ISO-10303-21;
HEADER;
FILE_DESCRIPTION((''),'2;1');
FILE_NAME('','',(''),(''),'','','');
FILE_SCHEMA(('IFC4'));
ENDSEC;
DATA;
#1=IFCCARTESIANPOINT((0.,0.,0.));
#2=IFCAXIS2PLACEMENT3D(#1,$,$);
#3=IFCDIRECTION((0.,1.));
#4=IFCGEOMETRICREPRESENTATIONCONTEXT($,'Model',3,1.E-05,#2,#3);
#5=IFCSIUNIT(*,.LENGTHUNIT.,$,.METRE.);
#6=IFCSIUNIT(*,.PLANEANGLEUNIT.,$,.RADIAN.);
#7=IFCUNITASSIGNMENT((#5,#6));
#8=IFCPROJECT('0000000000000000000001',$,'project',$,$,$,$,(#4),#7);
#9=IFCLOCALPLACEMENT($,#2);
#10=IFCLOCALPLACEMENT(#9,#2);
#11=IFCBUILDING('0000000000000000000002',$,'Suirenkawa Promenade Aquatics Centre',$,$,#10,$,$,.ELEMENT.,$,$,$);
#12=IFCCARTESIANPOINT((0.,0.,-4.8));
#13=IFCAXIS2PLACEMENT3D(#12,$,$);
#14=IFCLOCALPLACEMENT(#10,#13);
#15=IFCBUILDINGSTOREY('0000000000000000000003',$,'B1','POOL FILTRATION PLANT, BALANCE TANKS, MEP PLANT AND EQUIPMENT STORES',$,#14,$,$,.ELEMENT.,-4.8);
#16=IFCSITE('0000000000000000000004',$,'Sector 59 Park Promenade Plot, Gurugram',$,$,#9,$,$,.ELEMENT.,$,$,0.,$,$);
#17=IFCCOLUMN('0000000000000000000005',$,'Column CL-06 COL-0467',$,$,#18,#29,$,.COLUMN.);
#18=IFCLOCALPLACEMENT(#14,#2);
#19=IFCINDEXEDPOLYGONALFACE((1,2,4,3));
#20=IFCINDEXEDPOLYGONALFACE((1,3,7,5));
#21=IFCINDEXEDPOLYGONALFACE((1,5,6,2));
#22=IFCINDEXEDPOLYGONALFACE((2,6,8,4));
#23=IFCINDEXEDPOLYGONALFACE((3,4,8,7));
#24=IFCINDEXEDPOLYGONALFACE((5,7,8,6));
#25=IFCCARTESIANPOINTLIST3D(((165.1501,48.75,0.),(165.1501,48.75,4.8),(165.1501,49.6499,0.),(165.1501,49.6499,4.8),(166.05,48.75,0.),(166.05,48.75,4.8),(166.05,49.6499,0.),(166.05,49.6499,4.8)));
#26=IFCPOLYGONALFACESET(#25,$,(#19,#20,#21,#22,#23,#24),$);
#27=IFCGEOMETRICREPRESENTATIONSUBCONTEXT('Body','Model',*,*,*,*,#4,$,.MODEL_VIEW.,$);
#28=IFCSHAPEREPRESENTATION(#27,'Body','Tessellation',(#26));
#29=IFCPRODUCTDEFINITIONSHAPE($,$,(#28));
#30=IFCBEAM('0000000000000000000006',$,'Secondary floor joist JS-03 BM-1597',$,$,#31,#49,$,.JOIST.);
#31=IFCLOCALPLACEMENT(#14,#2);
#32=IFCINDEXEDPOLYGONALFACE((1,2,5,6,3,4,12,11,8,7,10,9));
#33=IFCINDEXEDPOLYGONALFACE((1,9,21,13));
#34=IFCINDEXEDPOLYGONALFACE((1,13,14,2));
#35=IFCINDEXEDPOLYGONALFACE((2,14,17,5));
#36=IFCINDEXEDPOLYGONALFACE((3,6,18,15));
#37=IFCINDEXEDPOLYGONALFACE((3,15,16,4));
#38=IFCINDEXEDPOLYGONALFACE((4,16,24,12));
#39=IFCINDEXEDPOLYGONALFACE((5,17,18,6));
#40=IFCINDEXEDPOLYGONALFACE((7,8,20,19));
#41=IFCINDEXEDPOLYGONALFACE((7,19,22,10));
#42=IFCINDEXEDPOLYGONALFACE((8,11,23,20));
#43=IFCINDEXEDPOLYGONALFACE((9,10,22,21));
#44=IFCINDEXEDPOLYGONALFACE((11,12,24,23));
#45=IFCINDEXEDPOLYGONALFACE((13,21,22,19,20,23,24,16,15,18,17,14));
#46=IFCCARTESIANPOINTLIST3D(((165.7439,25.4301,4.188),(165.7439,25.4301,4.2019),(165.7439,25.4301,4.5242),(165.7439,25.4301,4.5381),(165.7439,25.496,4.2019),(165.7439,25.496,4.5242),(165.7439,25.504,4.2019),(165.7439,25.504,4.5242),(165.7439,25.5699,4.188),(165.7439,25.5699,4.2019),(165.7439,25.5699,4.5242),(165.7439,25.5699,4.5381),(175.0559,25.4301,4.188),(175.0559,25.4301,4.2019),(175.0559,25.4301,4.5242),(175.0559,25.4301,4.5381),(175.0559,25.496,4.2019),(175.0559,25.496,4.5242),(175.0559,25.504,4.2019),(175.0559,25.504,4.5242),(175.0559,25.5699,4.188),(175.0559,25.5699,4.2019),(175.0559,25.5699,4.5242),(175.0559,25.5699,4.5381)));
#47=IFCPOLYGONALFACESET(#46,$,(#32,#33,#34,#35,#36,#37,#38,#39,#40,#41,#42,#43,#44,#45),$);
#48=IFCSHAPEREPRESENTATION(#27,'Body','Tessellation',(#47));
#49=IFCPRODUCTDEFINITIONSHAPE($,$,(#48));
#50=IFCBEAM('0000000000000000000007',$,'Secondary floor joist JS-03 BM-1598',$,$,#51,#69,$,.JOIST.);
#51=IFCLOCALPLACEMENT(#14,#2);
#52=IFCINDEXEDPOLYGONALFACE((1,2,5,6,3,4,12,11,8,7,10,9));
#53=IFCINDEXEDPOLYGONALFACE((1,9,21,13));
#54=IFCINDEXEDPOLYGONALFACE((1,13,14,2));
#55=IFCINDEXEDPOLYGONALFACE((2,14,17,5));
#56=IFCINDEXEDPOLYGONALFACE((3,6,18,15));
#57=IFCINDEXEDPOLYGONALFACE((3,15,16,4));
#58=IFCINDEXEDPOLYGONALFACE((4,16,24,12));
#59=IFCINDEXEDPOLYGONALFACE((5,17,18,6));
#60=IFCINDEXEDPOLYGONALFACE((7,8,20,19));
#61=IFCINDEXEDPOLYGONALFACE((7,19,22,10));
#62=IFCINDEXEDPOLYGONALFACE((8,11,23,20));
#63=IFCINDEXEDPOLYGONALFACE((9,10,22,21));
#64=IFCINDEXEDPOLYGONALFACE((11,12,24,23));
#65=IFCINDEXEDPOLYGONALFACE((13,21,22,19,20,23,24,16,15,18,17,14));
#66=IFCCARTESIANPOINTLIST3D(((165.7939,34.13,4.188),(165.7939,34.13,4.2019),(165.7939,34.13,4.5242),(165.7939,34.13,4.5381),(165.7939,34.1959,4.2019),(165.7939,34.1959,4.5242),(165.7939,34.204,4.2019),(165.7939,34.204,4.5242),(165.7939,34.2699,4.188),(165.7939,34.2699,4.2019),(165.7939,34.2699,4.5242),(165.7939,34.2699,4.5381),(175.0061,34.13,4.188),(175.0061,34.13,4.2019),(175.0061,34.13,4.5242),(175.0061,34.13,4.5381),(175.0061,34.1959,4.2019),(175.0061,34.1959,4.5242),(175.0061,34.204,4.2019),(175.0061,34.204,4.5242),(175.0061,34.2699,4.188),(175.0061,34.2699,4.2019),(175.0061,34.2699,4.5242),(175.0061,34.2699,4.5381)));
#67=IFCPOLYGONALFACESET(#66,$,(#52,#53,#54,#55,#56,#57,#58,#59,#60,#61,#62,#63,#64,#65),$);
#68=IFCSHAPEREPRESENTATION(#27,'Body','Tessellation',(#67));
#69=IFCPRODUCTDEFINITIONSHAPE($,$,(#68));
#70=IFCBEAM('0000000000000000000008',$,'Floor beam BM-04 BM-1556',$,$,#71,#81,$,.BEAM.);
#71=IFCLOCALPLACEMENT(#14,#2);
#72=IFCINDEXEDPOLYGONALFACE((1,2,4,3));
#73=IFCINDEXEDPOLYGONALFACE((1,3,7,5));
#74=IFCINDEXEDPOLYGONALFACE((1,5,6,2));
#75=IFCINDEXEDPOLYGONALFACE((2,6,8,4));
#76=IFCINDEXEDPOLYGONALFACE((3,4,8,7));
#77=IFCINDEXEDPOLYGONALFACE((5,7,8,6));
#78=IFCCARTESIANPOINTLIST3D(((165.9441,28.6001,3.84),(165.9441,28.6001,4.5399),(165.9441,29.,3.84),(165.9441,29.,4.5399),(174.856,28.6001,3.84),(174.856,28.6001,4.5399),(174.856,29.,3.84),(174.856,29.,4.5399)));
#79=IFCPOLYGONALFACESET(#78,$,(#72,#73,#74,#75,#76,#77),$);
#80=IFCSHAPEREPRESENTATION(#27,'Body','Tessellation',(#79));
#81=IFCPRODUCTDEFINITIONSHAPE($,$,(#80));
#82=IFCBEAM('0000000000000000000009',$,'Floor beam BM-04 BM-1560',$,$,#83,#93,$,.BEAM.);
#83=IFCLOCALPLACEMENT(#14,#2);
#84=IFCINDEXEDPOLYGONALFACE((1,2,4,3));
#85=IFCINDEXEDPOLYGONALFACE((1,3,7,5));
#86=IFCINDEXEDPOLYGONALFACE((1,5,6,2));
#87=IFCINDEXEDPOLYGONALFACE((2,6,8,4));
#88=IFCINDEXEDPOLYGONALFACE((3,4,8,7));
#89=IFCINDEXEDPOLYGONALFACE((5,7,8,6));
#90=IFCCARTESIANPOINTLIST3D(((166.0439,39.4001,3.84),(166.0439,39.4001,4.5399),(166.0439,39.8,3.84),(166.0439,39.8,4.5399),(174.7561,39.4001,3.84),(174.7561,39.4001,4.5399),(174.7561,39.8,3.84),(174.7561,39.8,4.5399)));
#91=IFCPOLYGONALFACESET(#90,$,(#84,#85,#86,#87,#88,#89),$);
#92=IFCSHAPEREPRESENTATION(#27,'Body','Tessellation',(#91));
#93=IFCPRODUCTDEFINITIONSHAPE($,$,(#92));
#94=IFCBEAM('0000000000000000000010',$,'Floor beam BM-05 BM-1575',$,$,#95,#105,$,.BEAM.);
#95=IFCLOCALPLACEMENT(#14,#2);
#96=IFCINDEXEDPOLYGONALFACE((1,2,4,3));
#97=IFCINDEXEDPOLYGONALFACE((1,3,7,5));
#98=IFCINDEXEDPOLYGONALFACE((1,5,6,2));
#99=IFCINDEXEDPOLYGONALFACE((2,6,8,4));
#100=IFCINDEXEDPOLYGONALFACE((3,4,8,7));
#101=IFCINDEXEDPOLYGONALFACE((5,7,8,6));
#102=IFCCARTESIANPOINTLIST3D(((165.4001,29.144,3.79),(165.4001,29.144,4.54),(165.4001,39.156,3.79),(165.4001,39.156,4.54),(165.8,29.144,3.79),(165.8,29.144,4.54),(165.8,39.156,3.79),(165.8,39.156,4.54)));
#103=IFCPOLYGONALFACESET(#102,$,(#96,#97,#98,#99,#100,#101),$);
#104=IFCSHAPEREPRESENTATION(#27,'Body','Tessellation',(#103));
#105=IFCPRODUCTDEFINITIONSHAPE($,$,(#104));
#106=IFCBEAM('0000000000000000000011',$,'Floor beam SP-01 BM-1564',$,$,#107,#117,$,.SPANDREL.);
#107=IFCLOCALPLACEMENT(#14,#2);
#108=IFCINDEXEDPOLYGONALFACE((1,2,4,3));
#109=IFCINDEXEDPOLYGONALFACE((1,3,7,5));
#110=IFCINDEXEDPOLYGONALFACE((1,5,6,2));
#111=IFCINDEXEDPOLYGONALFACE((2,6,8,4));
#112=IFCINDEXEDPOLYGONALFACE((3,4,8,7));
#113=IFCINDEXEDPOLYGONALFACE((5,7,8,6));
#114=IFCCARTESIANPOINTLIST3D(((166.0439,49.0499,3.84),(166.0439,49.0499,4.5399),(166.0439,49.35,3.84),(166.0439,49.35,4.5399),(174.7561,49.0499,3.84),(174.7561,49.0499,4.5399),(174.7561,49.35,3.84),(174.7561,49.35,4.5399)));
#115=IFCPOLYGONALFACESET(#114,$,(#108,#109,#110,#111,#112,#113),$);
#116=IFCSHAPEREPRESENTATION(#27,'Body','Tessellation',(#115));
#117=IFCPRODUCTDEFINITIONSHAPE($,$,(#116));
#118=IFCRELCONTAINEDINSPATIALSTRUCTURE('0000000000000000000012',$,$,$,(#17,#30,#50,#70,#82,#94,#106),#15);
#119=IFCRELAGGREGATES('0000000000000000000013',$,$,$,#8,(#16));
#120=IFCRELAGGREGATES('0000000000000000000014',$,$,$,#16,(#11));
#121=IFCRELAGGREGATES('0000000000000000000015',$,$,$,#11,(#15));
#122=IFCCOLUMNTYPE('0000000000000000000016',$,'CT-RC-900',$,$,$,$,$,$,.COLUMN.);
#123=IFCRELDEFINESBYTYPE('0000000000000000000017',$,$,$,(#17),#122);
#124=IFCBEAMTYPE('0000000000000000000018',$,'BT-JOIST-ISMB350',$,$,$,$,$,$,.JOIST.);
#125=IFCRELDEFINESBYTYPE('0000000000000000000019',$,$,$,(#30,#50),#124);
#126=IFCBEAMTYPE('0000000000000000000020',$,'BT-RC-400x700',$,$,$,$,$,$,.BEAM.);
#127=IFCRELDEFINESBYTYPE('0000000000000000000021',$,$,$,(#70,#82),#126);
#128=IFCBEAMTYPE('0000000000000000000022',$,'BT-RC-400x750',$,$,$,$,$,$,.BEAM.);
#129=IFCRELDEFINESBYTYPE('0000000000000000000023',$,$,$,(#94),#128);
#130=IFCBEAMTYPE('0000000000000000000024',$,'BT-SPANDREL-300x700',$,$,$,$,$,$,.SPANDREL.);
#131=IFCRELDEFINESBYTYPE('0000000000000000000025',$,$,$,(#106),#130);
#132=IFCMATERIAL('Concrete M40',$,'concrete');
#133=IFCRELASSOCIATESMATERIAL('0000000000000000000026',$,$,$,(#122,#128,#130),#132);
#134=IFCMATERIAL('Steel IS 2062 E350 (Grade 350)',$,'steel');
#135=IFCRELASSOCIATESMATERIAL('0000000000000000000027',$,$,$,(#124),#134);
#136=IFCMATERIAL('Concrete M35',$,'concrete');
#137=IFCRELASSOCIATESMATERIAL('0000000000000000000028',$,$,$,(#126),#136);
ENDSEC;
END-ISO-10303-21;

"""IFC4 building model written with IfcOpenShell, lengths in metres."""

from ifc_helpers import new_model, si_unit, direction, frame, origin, origin_2d, place, context, subcontext, project, spatial, rectangle, i_section, extrude, material, material_profile, profile_set, type_object, element, save


model = new_model("IFC4")

# Units and contexts
model_context = context("Model", 3, precision=1e-05, world=origin(), true_north=direction((0.0, 1.0)))
body_context = subcontext(model_context, "Body", "Model", "MODEL_VIEW")
ifc_project = project(units=[si_unit("LENGTHUNIT", "METRE"), si_unit("PLANEANGLEUNIT", "RADIAN")], contexts=[model_context])

# Site, building, storey
site_placement = place(None, origin())
site = spatial("IfcSite", under=ifc_project, at=site_placement, Name="Sector 59 Park Promenade Plot, Gurugram", CompositionType="ELEMENT", RefElevation=0.0)
building_placement = place(site_placement, origin())
building = spatial("IfcBuilding", under=site, at=building_placement, Name="Suirenkawa Promenade Aquatics Centre", CompositionType="ELEMENT")
storey_placement = place(building_placement, frame((0.0, 0.0, -4.8)))
storey = spatial("IfcBuildingStorey", under=building, at=storey_placement, Name="B1", Description="POOL FILTRATION PLANT, BALANCE TANKS, MEP PLANT AND EQUIPMENT STORES", CompositionType="ELEMENT", Elevation=-4.8)

# Shared definitions
ifc_material_1 = material(Name="Concrete M35", Category="concrete")

# Column
ifc_material_2 = material(Name="Concrete M40", Category="concrete")
ifc_material_profile_1 = material_profile(ifc_material_2, rectangle(XDim=0.8999, YDim=0.8999, at=origin_2d()), Name="RC COL 900x900", Category="concrete")
ifc_profile_set_1 = profile_set([ifc_material_profile_1], Name="Concrete M40")
column_type_1 = type_object("IfcColumnType", Name="CT-RC-900", PredefinedType="COLUMN", material=ifc_profile_set_1)
for number, where, z_axis, x_axis, name in (
    (1, (165.6001, 49.2, 0.0), (0.0, 0.0, 1.0), (1.0, 0.0, 0.0), "Column CL-06 COL-0467"),
):
    element("IfcColumn", number, at=place(storey_placement, frame(where, z_axis=z_axis, x_axis=x_axis)), inside=storey, type_object=column_type_1, Name=name, PredefinedType="COLUMN", context=body_context, shape_type="SweptSolid", body=[
        extrude(rectangle(XDim=0.8999, YDim=0.8999, at=origin_2d()), origin(), (0.0, 0.0, 1.0), 4.8),
    ])

# Beams
ifc_material_3 = material(Name="Steel IS 2062 E350 (Grade 350)", Category="steel")
ifc_material_profile_2 = material_profile(ifc_material_3, i_section(OverallWidth=0.1399, OverallDepth=0.3501, WebThickness=0.0081, FlangeThickness=0.0139, at=origin_2d()), Name="ISMB 350", Category="steel")
ifc_profile_set_2 = profile_set([ifc_material_profile_2], Name="Steel IS 2062 E350 (Grade 350)")
beam_type_1 = type_object("IfcBeamType", Name="BT-JOIST-ISMB350", PredefinedType="JOIST", material=ifc_profile_set_2)
beam_1_placement = place(storey_placement, frame((165.7439, 25.5, 4.363), z_axis=(1.0, 0.0, 0.0), x_axis=(0.0, 1.0, 0.0)))
element("IfcBeam", 2, at=beam_1_placement, inside=storey, type_object=beam_type_1, Name="Secondary floor joist JS-03 BM-1597", PredefinedType="JOIST", context=body_context, shape_type="SweptSolid", body=[
    extrude(i_section(OverallWidth=0.1399, OverallDepth=0.3501, WebThickness=0.0081, FlangeThickness=0.0139, at=origin_2d()), origin(), (0.0, 0.0, 1.0), 9.312),
])
beam_2_placement = place(storey_placement, frame((165.7939, 34.2, 4.363), z_axis=(1.0, 0.0, 0.0), x_axis=(0.0, 1.0, 0.0)))
element("IfcBeam", 3, at=beam_2_placement, inside=storey, type_object=beam_type_1, Name="Secondary floor joist JS-03 BM-1598", PredefinedType="JOIST", context=body_context, shape_type="SweptSolid", body=[
    extrude(i_section(OverallWidth=0.1399, OverallDepth=0.3501, WebThickness=0.0081, FlangeThickness=0.0139, at=origin_2d()), origin(), (0.0, 0.0, 1.0), 9.2122),
])
ifc_material_profile_3 = material_profile(ifc_material_1, rectangle(XDim=0.3999, YDim=0.7, at=origin_2d()), Name="RC BM 400x700", Category="concrete")
ifc_profile_set_3 = profile_set([ifc_material_profile_3], Name="Concrete M35")
beam_type_2 = type_object("IfcBeamType", Name="BT-RC-400x700", PredefinedType="BEAM", material=ifc_profile_set_3)
beam_3_placement = place(storey_placement, frame((165.9441, 28.8, 4.1899), z_axis=(1.0, 0.0, 0.0), x_axis=(0.0, 1.0, 0.0)))
element("IfcBeam", 4, at=beam_3_placement, inside=storey, type_object=beam_type_2, Name="Floor beam BM-04 BM-1556", PredefinedType="BEAM", context=body_context, shape_type="SweptSolid", body=[
    extrude(rectangle(XDim=0.3999, YDim=0.7, at=origin_2d()), origin(), (0.0, 0.0, 1.0), 8.9119),
])
beam_4_placement = place(storey_placement, frame((166.0439, 39.6001, 4.1899), z_axis=(1.0, 0.0, 0.0), x_axis=(0.0, 1.0, 0.0)))
element("IfcBeam", 5, at=beam_4_placement, inside=storey, type_object=beam_type_2, Name="Floor beam BM-04 BM-1560", PredefinedType="BEAM", context=body_context, shape_type="SweptSolid", body=[
    extrude(rectangle(XDim=0.3999, YDim=0.7, at=origin_2d()), origin(), (0.0, 0.0, 1.0), 8.7122),
])
ifc_material_profile_4 = material_profile(ifc_material_2, rectangle(XDim=0.3999, YDim=0.75, at=origin_2d()), Name="RC BM 400x750", Category="concrete")
ifc_profile_set_4 = profile_set([ifc_material_profile_4], Name="Concrete M40")
beam_type_3 = type_object("IfcBeamType", Name="BT-RC-400x750", PredefinedType="BEAM", material=ifc_profile_set_4)
beam_5_placement = place(storey_placement, frame((165.6001, 29.144, 4.165), z_axis=(0.0, 1.0, 0.0), x_axis=(-1.0, 0.0, 0.0)))
element("IfcBeam", 6, at=beam_5_placement, inside=storey, type_object=beam_type_3, Name="Floor beam BM-05 BM-1575", PredefinedType="BEAM", context=body_context, shape_type="SweptSolid", body=[
    extrude(rectangle(XDim=0.3999, YDim=0.75, at=origin_2d()), origin(), (0.0, 0.0, 1.0), 10.012),
])
ifc_material_profile_5 = material_profile(ifc_material_2, rectangle(XDim=0.3, YDim=0.7, at=origin_2d()), Name="RC SPANDREL 300x700", Category="concrete")
ifc_profile_set_5 = profile_set([ifc_material_profile_5], Name="Concrete M40")
beam_type_4 = type_object("IfcBeamType", Name="BT-SPANDREL-300x700", PredefinedType="SPANDREL", material=ifc_profile_set_5)
beam_6_placement = place(storey_placement, frame((166.0439, 49.2, 4.1899), z_axis=(1.0, 0.0, 0.0), x_axis=(0.0, 1.0, 0.0)))
element("IfcBeam", 7, at=beam_6_placement, inside=storey, type_object=beam_type_4, Name="Floor beam SP-01 BM-1564", PredefinedType="SPANDREL", context=body_context, shape_type="SweptSolid", body=[
    extrude(rectangle(XDim=0.3, YDim=0.7, at=origin_2d()), origin(), (0.0, 0.0, 1.0), 8.7122),
])

save(model, "model.ifc")
